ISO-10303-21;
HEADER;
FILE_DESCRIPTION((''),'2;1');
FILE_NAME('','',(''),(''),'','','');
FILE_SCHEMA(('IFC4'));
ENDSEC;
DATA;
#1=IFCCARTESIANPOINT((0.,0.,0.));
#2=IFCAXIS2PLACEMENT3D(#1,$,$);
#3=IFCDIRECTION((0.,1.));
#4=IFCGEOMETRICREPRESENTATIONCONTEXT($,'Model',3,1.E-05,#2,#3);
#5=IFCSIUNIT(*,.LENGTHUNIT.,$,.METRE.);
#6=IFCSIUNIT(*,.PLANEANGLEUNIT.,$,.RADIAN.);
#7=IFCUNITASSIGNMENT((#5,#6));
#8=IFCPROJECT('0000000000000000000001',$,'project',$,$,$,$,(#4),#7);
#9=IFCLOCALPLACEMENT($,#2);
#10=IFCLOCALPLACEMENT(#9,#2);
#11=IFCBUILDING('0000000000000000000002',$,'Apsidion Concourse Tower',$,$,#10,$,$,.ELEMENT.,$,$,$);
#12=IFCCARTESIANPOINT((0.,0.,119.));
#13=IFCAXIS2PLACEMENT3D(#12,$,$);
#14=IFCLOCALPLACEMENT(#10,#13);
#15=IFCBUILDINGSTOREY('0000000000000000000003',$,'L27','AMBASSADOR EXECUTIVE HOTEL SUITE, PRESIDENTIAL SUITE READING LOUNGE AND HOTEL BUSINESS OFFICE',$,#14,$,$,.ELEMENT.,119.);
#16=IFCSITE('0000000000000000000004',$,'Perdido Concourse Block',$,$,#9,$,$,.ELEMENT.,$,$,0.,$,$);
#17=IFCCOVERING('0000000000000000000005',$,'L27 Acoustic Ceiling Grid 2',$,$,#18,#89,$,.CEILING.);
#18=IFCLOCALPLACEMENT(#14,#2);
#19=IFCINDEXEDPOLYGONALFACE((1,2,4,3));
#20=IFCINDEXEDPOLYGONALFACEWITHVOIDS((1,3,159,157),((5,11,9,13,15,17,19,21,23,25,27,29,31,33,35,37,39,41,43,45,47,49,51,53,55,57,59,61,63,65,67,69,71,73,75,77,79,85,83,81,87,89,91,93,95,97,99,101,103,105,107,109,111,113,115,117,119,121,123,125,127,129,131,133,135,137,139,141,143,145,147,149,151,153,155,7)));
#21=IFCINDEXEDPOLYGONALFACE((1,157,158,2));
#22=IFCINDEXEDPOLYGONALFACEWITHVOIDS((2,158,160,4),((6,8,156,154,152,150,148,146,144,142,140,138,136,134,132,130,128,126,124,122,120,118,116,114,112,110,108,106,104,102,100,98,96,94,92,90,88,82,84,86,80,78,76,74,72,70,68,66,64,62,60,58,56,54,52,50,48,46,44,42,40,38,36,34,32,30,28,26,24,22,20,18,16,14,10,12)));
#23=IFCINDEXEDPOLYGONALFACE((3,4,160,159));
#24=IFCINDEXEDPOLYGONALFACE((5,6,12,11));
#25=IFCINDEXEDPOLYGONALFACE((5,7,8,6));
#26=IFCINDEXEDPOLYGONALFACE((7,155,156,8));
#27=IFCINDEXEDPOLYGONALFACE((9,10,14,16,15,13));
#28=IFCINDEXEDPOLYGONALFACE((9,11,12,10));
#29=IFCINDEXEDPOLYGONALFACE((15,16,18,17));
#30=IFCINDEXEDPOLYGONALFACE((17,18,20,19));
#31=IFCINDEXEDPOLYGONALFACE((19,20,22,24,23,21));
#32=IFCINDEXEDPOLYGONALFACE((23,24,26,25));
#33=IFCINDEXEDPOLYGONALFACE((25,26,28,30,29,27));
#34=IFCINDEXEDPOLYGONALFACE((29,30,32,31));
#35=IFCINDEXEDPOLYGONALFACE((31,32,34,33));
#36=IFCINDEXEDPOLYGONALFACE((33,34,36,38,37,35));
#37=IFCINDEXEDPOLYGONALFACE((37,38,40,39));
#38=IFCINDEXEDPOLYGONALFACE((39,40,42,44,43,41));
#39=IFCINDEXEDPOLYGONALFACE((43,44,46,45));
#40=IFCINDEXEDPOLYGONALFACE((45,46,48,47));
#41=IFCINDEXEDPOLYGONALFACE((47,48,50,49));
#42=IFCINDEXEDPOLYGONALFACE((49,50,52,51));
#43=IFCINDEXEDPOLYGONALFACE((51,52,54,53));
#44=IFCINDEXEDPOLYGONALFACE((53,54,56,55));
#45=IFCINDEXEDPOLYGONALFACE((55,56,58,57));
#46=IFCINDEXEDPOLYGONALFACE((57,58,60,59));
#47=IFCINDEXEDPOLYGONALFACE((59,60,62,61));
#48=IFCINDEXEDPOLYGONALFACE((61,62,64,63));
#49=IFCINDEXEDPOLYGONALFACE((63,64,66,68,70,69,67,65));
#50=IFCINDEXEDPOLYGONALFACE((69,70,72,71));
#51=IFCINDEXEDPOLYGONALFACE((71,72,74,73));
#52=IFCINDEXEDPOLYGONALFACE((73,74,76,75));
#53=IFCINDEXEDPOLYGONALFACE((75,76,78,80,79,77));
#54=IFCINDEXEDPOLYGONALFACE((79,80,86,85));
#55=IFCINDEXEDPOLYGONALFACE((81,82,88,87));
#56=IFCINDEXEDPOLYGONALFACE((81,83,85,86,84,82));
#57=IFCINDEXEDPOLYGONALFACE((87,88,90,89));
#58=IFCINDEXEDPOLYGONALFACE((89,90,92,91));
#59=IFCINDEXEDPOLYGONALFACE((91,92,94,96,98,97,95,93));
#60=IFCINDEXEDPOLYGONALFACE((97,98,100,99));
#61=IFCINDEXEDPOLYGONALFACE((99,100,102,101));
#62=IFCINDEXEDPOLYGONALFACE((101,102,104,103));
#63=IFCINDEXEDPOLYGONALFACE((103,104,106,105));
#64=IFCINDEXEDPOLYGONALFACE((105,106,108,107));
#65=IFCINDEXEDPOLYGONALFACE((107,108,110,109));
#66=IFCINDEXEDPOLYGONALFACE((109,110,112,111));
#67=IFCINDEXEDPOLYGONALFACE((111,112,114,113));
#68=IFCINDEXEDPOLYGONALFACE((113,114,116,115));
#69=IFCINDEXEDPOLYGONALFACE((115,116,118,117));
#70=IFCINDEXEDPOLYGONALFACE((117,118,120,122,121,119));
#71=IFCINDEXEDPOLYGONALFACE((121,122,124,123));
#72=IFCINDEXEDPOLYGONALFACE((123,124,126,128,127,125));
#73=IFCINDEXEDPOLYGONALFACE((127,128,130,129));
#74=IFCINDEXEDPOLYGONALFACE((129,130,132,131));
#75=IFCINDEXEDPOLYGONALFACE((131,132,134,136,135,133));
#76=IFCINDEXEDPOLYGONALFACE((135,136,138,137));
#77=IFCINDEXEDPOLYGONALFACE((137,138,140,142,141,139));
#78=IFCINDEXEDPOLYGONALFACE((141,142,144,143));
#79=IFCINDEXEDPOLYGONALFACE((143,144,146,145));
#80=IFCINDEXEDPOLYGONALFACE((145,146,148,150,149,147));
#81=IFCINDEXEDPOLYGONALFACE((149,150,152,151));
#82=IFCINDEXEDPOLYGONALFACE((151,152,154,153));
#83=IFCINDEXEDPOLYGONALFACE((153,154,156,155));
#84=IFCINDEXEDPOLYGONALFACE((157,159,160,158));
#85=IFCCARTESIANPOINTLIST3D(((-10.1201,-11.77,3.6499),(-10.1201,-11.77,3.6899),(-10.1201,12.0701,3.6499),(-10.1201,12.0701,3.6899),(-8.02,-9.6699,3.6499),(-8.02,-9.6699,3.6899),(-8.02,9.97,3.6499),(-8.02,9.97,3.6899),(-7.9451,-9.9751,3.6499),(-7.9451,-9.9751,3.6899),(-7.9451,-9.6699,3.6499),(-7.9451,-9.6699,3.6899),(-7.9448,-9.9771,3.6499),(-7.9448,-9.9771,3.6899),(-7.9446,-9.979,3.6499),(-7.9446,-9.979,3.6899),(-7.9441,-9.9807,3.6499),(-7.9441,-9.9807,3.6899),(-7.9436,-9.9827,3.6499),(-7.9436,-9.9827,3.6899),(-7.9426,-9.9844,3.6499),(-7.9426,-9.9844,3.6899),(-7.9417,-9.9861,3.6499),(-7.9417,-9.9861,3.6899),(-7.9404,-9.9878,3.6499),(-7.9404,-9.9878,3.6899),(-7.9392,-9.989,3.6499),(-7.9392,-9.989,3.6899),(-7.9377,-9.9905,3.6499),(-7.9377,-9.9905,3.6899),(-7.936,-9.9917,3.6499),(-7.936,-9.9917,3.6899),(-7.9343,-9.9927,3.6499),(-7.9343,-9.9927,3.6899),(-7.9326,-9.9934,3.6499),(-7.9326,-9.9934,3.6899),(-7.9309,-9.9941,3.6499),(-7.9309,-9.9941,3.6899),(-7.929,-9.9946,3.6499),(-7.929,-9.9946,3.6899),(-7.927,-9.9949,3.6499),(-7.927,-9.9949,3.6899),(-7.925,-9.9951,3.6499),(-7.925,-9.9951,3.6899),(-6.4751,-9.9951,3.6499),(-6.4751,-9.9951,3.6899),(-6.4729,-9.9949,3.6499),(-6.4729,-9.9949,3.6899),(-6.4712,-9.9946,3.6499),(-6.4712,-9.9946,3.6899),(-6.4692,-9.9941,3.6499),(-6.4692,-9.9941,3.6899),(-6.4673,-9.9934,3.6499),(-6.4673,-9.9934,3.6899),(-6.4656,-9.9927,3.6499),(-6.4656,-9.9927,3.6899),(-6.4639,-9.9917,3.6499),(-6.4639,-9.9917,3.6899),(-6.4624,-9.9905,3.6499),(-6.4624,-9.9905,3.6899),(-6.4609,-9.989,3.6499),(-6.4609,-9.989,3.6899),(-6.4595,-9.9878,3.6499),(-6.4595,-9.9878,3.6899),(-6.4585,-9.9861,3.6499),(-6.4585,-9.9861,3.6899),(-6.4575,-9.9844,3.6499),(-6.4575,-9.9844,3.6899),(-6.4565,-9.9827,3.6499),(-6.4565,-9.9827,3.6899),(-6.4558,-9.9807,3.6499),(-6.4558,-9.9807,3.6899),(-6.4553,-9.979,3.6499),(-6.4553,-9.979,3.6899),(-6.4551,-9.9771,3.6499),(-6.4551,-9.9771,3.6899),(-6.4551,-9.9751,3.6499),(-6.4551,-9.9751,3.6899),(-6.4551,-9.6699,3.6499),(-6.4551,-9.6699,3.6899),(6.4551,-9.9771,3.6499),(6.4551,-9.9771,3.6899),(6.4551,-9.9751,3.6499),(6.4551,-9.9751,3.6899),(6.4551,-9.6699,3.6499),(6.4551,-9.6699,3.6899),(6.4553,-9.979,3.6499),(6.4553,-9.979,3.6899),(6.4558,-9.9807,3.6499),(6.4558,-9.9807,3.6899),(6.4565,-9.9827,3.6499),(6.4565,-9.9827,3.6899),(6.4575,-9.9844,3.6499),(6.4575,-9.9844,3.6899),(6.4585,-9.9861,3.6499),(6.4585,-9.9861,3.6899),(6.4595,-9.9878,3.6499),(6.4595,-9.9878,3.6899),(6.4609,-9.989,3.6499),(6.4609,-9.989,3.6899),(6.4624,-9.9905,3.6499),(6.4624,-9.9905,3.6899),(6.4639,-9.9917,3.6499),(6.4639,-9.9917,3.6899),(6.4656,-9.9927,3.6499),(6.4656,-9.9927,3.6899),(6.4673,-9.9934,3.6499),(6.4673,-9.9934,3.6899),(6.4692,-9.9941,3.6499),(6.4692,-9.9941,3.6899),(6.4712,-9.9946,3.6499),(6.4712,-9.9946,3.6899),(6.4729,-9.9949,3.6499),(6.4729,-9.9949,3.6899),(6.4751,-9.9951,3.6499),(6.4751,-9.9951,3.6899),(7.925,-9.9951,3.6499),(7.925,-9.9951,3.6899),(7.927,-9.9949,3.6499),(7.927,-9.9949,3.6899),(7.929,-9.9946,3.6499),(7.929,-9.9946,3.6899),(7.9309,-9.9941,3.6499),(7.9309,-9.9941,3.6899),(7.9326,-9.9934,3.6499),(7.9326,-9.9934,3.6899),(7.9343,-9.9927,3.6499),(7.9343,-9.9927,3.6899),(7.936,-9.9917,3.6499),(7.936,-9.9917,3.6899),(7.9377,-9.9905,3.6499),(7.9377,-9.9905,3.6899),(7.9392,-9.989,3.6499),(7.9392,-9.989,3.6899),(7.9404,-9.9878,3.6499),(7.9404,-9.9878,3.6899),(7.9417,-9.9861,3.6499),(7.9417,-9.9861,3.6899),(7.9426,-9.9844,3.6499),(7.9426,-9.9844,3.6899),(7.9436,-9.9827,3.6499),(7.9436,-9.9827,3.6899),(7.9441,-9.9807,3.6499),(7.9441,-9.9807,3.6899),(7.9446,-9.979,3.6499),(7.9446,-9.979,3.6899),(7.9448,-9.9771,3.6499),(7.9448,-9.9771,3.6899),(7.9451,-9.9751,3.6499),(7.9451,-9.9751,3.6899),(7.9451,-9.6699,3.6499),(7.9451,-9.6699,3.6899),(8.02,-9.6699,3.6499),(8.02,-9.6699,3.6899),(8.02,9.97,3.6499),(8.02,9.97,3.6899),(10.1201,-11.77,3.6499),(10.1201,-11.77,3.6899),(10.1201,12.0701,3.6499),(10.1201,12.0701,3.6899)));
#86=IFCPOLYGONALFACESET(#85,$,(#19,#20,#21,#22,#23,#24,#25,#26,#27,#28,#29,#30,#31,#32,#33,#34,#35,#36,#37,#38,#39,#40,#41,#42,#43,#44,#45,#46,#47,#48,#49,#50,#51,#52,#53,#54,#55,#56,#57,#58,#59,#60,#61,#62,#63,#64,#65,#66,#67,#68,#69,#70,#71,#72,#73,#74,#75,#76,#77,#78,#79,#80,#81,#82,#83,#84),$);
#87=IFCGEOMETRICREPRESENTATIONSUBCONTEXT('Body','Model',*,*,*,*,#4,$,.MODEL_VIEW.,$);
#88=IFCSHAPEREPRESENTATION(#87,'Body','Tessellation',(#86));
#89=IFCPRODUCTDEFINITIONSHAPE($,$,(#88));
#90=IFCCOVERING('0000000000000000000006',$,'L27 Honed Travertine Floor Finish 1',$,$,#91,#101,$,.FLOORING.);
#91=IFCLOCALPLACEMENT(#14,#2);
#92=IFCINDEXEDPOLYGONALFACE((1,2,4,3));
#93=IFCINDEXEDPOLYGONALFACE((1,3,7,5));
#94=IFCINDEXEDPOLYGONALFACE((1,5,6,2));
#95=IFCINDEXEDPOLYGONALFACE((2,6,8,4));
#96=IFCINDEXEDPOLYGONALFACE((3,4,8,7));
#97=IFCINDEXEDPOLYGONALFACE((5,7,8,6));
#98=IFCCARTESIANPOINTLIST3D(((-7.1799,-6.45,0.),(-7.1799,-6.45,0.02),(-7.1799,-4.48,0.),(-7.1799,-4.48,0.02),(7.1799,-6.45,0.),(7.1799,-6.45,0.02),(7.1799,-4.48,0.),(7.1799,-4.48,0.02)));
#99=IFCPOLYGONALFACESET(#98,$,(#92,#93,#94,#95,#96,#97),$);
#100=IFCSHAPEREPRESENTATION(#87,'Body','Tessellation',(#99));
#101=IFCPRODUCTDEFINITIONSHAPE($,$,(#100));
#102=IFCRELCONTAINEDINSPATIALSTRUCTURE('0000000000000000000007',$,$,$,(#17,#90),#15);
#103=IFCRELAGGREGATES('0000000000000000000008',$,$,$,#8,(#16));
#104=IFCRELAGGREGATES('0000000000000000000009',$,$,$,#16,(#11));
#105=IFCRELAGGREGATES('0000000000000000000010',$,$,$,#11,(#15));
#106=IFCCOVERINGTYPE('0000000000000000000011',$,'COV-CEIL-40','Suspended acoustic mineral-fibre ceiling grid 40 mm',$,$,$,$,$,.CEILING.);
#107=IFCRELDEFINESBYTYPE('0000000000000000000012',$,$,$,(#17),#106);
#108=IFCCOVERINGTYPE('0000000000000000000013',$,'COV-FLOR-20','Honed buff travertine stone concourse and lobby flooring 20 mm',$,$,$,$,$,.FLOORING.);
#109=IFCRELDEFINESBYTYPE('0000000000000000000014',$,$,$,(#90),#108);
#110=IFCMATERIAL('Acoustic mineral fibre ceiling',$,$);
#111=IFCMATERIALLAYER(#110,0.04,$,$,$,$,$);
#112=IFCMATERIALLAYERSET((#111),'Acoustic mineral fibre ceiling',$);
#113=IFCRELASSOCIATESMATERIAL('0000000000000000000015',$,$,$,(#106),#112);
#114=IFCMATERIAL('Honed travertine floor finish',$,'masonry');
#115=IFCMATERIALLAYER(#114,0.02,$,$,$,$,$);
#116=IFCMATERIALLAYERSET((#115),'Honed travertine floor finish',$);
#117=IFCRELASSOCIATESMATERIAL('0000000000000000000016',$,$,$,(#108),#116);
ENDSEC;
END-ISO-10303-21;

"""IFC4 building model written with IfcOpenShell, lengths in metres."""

from ifc_helpers import new_model, si_unit, direction, frame, origin, place, context, subcontext, project, spatial, polyline, outline, extrude, material, layer, layer_set, type_object, element, save


model = new_model("IFC4")

# Units and contexts
model_context = context("Model", 3, precision=1e-05, world=origin(), true_north=direction((0.0, 1.0)))
body_context = subcontext(model_context, "Body", "Model", "MODEL_VIEW")
ifc_project = project(units=[si_unit("LENGTHUNIT", "METRE"), si_unit("PLANEANGLEUNIT", "RADIAN")], contexts=[model_context])

# Site, building, storey
site_placement = place(None, origin())
site = spatial("IfcSite", under=ifc_project, at=site_placement, Name="Perdido Concourse Block", CompositionType="ELEMENT", RefElevation=0.0)
building_placement = place(site_placement, origin())
building = spatial("IfcBuilding", under=site, at=building_placement, Name="Apsidion Concourse Tower", CompositionType="ELEMENT")
storey_placement = place(building_placement, frame((0.0, 0.0, 119.0)))
storey = spatial("IfcBuildingStorey", under=building, at=storey_placement, Name="L27", Description="AMBASSADOR EXECUTIVE HOTEL SUITE, PRESIDENTIAL SUITE READING LOUNGE AND HOTEL BUSINESS OFFICE", CompositionType="ELEMENT", Elevation=119.0)

# Coverings
ifc_material_1 = material(Name="Acoustic mineral fibre ceiling")
ifc_layer_1 = layer(ifc_material_1, 0.04)
ifc_layer_set_1 = layer_set([ifc_layer_1], Name="Acoustic mineral fibre ceiling")
covering_type_1 = type_object("IfcCoveringType", Name="COV-CEIL-40", Description="Suspended acoustic mineral-fibre ceiling grid 40 mm", PredefinedType="CEILING", material=ifc_layer_set_1)
covering_1_placement = place(storey_placement, frame((0.0, 0.0, 3.6499)))
element("IfcCovering", 1, at=covering_1_placement, inside=storey, type_object=covering_type_1, Name="L27 Acoustic Ceiling Grid 2", PredefinedType="CEILING", context=body_context, shape_type="SweptSolid", body=[
    extrude(outline(polyline([(10.1201, 12.0701), (10.1201, -11.77), (-10.1201, -11.77), (-10.1201, 12.0701), (10.1201, 12.0701)]), holes=[polyline([(-8.02, -9.6699), (-7.9451, -9.6699), (-7.9451, -9.9751), (-7.9448, -9.9771), (-7.9446, -9.979), (-7.9441, -9.9807), (-7.9436, -9.9827), (-7.9426, -9.9844), (-7.9417, -9.9861), (-7.9404, -9.9878), (-7.9392, -9.989), (-7.9377, -9.9905), (-7.936, -9.9917), (-7.9343, -9.9927), (-7.9326, -9.9934), (-7.9309, -9.9941), (-7.929, -9.9946), (-7.927, -9.9949), (-7.925, -9.9951), (-6.4751, -9.9951), (-6.4729, -9.9949), (-6.4712, -9.9946), (-6.4692, -9.9941), (-6.4673, -9.9934), (-6.4656, -9.9927), (-6.4639, -9.9917), (-6.4624, -9.9905), (-6.4609, -9.989), (-6.4595, -9.9878), (-6.4585, -9.9861), (-6.4575, -9.9844), (-6.4565, -9.9827), (-6.4558, -9.9807), (-6.4553, -9.979), (-6.4551, -9.9771), (-6.4551, -9.9751), (-6.4551, -9.6699), (6.4551, -9.6699), (6.4551, -9.9751), (6.4551, -9.9771), (6.4553, -9.979), (6.4558, -9.9807), (6.4565, -9.9827), (6.4575, -9.9844), (6.4585, -9.9861), (6.4595, -9.9878), (6.4609, -9.989), (6.4624, -9.9905), (6.4639, -9.9917), (6.4656, -9.9927), (6.4673, -9.9934), (6.4692, -9.9941), (6.4712, -9.9946), (6.4729, -9.9949), (6.4751, -9.9951), (7.925, -9.9951), (7.927, -9.9949), (7.929, -9.9946), (7.9309, -9.9941), (7.9326, -9.9934), (7.9343, -9.9927), (7.936, -9.9917), (7.9377, -9.9905), (7.9392, -9.989), (7.9404, -9.9878), (7.9417, -9.9861), (7.9426, -9.9844), (7.9436, -9.9827), (7.9441, -9.9807), (7.9446, -9.979), (7.9448, -9.9771), (7.9451, -9.9751), (7.9451, -9.6699), (8.02, -9.6699), (8.02, 9.97), (-8.02, 9.97), (-8.02, -9.6699)])]), origin(), (0.0, 0.0, 1.0), 0.04),
])
ifc_material_2 = material(Name="Honed travertine floor finish", Category="masonry")
ifc_layer_2 = layer(ifc_material_2, 0.02)
ifc_layer_set_2 = layer_set([ifc_layer_2], Name="Honed travertine floor finish")
covering_type_2 = type_object("IfcCoveringType", Name="COV-FLOR-20", Description="Honed buff travertine stone concourse and lobby flooring 20 mm", PredefinedType="FLOORING", material=ifc_layer_set_2)
covering_2_placement = place(storey_placement, origin())
element("IfcCovering", 2, at=covering_2_placement, inside=storey, type_object=covering_type_2, Name="L27 Honed Travertine Floor Finish 1", PredefinedType="FLOORING", context=body_context, shape_type="SweptSolid", body=[
    extrude(outline(polyline([(-7.1799, -6.45), (-7.1799, -4.48), (7.1799, -4.48), (7.1799, -6.45), (-7.1799, -6.45)])), origin(), (0.0, 0.0, 1.0), 0.02),
])

save(model, "model.ifc")
